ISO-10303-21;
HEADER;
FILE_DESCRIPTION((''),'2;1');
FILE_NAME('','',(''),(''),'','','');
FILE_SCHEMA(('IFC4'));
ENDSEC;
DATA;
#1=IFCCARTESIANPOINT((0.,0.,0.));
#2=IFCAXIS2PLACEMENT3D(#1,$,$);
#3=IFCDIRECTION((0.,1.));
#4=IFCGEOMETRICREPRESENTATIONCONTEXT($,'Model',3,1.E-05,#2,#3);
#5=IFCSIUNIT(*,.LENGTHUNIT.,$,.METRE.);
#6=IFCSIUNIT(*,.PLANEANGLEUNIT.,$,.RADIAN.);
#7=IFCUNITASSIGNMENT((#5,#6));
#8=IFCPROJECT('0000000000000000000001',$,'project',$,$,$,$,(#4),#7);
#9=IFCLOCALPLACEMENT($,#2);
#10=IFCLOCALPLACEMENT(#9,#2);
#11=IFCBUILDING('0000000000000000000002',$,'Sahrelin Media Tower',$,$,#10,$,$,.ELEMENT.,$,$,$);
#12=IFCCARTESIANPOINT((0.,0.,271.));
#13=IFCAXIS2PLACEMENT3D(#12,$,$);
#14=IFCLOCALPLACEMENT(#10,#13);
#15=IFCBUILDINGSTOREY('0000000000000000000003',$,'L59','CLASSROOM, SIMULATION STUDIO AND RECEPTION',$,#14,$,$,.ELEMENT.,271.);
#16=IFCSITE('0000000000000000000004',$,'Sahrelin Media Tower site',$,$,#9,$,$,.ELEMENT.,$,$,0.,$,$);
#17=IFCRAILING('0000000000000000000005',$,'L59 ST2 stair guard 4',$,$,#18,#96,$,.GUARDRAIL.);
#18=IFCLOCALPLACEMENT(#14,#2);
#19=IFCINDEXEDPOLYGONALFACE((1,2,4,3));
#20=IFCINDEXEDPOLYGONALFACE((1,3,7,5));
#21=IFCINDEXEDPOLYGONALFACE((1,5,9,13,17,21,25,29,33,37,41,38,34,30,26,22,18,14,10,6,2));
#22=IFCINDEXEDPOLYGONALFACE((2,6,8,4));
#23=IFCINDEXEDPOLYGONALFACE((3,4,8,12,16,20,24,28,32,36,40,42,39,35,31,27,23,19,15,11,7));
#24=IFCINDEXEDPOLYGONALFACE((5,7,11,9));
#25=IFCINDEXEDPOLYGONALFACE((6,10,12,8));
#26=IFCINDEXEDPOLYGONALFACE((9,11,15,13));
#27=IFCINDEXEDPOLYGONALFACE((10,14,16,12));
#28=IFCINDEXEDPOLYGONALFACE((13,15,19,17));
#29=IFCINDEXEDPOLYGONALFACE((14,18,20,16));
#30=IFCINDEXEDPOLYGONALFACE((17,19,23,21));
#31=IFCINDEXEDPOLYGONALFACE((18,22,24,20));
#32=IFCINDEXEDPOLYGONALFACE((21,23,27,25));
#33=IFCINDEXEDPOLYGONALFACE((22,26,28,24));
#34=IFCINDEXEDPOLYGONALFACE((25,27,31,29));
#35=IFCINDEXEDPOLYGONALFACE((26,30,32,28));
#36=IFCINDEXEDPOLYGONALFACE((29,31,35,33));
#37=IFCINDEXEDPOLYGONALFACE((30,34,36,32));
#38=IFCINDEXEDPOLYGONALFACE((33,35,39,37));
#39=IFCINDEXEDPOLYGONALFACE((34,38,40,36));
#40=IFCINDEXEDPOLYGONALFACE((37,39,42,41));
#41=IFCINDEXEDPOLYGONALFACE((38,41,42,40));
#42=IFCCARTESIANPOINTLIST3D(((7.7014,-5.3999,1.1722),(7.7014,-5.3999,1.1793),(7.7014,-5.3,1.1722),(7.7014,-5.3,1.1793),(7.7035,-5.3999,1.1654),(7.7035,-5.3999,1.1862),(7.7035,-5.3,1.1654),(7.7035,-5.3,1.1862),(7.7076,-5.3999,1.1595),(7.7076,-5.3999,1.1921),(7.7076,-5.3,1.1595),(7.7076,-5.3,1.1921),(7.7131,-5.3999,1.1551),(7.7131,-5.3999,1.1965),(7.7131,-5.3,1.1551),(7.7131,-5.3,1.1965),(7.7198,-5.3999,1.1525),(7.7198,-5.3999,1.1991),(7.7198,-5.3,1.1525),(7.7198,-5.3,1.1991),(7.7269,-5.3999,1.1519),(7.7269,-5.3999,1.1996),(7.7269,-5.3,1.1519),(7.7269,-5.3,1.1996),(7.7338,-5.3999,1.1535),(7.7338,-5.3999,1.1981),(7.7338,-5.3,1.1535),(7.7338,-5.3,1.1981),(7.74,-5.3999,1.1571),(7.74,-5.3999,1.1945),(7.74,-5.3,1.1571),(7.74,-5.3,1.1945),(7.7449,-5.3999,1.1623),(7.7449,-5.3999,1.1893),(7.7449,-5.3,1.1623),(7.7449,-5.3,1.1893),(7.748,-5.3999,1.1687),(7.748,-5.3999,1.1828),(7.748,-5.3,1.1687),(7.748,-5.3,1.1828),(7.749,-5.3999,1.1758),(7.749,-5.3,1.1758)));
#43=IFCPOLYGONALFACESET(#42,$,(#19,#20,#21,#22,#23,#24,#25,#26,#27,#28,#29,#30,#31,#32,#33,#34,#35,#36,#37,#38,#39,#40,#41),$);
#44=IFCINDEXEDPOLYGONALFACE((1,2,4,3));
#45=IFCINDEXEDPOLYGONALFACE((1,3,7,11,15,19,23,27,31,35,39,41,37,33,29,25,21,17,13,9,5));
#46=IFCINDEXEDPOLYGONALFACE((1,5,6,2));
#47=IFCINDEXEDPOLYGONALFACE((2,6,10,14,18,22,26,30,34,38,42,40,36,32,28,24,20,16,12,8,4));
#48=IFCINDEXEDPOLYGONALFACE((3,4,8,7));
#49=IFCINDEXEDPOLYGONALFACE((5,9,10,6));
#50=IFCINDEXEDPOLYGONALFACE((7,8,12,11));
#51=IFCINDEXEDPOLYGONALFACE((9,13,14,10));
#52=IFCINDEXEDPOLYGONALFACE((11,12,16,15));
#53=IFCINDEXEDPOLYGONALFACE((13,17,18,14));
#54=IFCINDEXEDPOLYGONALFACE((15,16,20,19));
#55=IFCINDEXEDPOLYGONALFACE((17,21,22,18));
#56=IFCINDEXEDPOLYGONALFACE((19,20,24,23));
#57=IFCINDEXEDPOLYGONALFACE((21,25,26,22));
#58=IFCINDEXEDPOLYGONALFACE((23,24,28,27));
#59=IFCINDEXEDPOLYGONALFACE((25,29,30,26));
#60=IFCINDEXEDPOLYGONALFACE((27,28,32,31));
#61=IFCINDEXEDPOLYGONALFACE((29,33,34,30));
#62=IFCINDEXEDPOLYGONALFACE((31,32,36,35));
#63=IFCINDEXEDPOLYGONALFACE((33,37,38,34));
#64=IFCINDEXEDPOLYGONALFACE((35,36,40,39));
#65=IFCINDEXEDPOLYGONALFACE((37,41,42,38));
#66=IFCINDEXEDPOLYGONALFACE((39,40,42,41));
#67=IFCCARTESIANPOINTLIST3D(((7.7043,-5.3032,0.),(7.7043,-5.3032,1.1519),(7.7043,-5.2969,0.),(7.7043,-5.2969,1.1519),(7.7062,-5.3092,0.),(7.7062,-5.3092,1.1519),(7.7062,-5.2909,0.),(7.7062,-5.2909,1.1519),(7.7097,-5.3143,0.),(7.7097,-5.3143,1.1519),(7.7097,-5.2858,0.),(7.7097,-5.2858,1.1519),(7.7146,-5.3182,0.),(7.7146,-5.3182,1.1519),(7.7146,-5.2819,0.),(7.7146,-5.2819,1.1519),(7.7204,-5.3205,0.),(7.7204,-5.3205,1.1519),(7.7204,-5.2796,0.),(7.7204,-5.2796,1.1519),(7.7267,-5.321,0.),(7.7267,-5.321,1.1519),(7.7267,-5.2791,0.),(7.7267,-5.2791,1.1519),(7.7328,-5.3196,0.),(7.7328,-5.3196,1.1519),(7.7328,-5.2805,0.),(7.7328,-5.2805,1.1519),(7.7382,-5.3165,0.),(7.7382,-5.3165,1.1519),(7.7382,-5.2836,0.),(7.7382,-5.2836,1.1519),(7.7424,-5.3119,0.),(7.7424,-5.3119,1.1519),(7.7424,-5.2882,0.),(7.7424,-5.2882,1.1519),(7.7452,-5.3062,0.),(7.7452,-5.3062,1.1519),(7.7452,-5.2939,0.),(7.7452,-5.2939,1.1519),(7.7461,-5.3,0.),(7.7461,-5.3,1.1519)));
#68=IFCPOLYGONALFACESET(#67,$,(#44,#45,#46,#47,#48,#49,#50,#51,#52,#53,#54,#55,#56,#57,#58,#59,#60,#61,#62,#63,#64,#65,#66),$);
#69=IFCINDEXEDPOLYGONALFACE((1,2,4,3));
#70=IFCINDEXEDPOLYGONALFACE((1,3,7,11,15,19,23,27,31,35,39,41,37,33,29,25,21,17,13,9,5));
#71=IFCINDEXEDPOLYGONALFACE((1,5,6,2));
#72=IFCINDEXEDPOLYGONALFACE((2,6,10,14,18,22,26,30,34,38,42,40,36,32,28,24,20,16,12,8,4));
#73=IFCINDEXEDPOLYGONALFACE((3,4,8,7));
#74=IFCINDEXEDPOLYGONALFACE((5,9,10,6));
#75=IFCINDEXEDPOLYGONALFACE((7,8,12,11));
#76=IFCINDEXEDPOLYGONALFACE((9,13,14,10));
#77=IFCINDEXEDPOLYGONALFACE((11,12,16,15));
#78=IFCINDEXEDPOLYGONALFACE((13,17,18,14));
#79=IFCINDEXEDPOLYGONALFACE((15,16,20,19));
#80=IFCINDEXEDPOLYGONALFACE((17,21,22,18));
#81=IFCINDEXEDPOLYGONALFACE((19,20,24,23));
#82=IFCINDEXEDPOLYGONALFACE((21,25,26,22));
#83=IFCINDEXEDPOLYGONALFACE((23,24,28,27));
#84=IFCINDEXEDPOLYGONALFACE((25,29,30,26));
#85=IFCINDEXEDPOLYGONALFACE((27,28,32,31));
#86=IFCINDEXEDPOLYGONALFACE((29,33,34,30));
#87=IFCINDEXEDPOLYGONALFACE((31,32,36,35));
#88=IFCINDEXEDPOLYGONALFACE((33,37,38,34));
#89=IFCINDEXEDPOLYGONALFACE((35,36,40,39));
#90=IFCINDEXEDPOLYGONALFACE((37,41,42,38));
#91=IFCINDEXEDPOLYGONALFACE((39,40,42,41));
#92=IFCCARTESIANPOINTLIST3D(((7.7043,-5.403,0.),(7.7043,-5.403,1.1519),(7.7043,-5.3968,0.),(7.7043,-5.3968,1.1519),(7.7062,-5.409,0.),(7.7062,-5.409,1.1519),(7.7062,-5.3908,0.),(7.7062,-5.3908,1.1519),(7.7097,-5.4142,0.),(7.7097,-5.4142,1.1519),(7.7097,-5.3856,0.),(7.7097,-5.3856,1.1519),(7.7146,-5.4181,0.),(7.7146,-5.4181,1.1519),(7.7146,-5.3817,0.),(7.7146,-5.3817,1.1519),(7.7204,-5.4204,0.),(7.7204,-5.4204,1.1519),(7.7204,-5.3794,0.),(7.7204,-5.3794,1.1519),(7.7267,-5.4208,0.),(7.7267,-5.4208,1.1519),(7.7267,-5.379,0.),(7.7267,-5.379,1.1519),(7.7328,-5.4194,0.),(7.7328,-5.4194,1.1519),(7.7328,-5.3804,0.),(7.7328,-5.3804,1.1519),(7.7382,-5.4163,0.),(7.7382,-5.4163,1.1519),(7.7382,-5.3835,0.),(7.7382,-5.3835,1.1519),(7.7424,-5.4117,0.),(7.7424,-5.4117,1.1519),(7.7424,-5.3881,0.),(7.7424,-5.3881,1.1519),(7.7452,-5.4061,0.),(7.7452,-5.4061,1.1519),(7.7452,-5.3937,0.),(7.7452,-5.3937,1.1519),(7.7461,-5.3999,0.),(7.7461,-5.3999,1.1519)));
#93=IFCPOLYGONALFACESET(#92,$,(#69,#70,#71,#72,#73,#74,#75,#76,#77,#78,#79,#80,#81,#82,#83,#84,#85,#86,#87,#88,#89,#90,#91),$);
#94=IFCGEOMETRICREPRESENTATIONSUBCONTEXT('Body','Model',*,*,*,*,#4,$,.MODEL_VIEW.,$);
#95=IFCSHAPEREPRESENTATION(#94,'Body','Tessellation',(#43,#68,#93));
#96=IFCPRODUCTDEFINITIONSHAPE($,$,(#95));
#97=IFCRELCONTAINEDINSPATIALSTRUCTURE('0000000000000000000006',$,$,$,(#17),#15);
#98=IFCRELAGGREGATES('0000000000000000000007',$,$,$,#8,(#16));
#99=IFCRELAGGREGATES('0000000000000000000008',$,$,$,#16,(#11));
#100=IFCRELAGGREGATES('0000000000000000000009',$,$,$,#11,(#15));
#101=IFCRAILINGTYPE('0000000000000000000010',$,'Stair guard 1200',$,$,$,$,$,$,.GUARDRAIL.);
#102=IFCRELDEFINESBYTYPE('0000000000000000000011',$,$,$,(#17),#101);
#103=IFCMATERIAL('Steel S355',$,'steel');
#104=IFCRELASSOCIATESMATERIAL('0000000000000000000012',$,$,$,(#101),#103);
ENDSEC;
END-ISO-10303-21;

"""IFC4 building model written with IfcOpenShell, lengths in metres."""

from ifc_helpers import new_model, si_unit, direction, frame, origin, origin_2d, place, context, subcontext, project, spatial, circle, extrude, material, type_object, element, save


model = new_model("IFC4")

# Units and contexts
model_context = context("Model", 3, precision=1e-05, world=origin(), true_north=direction((0.0, 1.0)))
body_context = subcontext(model_context, "Body", "Model", "MODEL_VIEW")
ifc_project = project(units=[si_unit("LENGTHUNIT", "METRE"), si_unit("PLANEANGLEUNIT", "RADIAN")], contexts=[model_context])

# Site, building, storey
site_placement = place(None, origin())
site = spatial("IfcSite", under=ifc_project, at=site_placement, Name="Sahrelin Media Tower site", CompositionType="ELEMENT", RefElevation=0.0)
building_placement = place(site_placement, origin())
building = spatial("IfcBuilding", under=site, at=building_placement, Name="Sahrelin Media Tower", CompositionType="ELEMENT")
storey_placement = place(building_placement, frame((0.0, 0.0, 271.0)))
storey = spatial("IfcBuildingStorey", under=building, at=storey_placement, Name="L59", Description="CLASSROOM, SIMULATION STUDIO AND RECEPTION", CompositionType="ELEMENT", Elevation=271.0)

# Shared definitions
ifc_material_1 = material(Name="Steel S355", Category="steel")

# Railing
railing_type_1 = type_object("IfcRailingType", Name="Stair guard 1200", PredefinedType="GUARDRAIL", material=ifc_material_1)
railing_1_placement = place(storey_placement, frame((7.7251, -5.3, 0.0)))
element("IfcRailing", 1, at=railing_1_placement, inside=storey, type_object=railing_type_1, Name="L59 ST2 stair guard 4", PredefinedType="GUARDRAIL", context=body_context, shape_type="SweptSolid", body=[
    extrude(circle(Radius=0.0239, at=origin_2d()), frame((0.0, 0.0, 1.1758), z_axis=(0.0, -1.0, 0.0), x_axis=(1.0, 0.0, 0.0)), (0.0, 0.0, 1.0), 0.0999),
    extrude(circle(Radius=0.021, at=origin_2d()), origin(), (0.0, 0.0, 1.0), 1.1519),
    extrude(circle(Radius=0.021, at=origin_2d()), frame((0.0, -0.0999, 0.0)), (0.0, 0.0, 1.0), 1.1519),
])

save(model, "model.ifc")
